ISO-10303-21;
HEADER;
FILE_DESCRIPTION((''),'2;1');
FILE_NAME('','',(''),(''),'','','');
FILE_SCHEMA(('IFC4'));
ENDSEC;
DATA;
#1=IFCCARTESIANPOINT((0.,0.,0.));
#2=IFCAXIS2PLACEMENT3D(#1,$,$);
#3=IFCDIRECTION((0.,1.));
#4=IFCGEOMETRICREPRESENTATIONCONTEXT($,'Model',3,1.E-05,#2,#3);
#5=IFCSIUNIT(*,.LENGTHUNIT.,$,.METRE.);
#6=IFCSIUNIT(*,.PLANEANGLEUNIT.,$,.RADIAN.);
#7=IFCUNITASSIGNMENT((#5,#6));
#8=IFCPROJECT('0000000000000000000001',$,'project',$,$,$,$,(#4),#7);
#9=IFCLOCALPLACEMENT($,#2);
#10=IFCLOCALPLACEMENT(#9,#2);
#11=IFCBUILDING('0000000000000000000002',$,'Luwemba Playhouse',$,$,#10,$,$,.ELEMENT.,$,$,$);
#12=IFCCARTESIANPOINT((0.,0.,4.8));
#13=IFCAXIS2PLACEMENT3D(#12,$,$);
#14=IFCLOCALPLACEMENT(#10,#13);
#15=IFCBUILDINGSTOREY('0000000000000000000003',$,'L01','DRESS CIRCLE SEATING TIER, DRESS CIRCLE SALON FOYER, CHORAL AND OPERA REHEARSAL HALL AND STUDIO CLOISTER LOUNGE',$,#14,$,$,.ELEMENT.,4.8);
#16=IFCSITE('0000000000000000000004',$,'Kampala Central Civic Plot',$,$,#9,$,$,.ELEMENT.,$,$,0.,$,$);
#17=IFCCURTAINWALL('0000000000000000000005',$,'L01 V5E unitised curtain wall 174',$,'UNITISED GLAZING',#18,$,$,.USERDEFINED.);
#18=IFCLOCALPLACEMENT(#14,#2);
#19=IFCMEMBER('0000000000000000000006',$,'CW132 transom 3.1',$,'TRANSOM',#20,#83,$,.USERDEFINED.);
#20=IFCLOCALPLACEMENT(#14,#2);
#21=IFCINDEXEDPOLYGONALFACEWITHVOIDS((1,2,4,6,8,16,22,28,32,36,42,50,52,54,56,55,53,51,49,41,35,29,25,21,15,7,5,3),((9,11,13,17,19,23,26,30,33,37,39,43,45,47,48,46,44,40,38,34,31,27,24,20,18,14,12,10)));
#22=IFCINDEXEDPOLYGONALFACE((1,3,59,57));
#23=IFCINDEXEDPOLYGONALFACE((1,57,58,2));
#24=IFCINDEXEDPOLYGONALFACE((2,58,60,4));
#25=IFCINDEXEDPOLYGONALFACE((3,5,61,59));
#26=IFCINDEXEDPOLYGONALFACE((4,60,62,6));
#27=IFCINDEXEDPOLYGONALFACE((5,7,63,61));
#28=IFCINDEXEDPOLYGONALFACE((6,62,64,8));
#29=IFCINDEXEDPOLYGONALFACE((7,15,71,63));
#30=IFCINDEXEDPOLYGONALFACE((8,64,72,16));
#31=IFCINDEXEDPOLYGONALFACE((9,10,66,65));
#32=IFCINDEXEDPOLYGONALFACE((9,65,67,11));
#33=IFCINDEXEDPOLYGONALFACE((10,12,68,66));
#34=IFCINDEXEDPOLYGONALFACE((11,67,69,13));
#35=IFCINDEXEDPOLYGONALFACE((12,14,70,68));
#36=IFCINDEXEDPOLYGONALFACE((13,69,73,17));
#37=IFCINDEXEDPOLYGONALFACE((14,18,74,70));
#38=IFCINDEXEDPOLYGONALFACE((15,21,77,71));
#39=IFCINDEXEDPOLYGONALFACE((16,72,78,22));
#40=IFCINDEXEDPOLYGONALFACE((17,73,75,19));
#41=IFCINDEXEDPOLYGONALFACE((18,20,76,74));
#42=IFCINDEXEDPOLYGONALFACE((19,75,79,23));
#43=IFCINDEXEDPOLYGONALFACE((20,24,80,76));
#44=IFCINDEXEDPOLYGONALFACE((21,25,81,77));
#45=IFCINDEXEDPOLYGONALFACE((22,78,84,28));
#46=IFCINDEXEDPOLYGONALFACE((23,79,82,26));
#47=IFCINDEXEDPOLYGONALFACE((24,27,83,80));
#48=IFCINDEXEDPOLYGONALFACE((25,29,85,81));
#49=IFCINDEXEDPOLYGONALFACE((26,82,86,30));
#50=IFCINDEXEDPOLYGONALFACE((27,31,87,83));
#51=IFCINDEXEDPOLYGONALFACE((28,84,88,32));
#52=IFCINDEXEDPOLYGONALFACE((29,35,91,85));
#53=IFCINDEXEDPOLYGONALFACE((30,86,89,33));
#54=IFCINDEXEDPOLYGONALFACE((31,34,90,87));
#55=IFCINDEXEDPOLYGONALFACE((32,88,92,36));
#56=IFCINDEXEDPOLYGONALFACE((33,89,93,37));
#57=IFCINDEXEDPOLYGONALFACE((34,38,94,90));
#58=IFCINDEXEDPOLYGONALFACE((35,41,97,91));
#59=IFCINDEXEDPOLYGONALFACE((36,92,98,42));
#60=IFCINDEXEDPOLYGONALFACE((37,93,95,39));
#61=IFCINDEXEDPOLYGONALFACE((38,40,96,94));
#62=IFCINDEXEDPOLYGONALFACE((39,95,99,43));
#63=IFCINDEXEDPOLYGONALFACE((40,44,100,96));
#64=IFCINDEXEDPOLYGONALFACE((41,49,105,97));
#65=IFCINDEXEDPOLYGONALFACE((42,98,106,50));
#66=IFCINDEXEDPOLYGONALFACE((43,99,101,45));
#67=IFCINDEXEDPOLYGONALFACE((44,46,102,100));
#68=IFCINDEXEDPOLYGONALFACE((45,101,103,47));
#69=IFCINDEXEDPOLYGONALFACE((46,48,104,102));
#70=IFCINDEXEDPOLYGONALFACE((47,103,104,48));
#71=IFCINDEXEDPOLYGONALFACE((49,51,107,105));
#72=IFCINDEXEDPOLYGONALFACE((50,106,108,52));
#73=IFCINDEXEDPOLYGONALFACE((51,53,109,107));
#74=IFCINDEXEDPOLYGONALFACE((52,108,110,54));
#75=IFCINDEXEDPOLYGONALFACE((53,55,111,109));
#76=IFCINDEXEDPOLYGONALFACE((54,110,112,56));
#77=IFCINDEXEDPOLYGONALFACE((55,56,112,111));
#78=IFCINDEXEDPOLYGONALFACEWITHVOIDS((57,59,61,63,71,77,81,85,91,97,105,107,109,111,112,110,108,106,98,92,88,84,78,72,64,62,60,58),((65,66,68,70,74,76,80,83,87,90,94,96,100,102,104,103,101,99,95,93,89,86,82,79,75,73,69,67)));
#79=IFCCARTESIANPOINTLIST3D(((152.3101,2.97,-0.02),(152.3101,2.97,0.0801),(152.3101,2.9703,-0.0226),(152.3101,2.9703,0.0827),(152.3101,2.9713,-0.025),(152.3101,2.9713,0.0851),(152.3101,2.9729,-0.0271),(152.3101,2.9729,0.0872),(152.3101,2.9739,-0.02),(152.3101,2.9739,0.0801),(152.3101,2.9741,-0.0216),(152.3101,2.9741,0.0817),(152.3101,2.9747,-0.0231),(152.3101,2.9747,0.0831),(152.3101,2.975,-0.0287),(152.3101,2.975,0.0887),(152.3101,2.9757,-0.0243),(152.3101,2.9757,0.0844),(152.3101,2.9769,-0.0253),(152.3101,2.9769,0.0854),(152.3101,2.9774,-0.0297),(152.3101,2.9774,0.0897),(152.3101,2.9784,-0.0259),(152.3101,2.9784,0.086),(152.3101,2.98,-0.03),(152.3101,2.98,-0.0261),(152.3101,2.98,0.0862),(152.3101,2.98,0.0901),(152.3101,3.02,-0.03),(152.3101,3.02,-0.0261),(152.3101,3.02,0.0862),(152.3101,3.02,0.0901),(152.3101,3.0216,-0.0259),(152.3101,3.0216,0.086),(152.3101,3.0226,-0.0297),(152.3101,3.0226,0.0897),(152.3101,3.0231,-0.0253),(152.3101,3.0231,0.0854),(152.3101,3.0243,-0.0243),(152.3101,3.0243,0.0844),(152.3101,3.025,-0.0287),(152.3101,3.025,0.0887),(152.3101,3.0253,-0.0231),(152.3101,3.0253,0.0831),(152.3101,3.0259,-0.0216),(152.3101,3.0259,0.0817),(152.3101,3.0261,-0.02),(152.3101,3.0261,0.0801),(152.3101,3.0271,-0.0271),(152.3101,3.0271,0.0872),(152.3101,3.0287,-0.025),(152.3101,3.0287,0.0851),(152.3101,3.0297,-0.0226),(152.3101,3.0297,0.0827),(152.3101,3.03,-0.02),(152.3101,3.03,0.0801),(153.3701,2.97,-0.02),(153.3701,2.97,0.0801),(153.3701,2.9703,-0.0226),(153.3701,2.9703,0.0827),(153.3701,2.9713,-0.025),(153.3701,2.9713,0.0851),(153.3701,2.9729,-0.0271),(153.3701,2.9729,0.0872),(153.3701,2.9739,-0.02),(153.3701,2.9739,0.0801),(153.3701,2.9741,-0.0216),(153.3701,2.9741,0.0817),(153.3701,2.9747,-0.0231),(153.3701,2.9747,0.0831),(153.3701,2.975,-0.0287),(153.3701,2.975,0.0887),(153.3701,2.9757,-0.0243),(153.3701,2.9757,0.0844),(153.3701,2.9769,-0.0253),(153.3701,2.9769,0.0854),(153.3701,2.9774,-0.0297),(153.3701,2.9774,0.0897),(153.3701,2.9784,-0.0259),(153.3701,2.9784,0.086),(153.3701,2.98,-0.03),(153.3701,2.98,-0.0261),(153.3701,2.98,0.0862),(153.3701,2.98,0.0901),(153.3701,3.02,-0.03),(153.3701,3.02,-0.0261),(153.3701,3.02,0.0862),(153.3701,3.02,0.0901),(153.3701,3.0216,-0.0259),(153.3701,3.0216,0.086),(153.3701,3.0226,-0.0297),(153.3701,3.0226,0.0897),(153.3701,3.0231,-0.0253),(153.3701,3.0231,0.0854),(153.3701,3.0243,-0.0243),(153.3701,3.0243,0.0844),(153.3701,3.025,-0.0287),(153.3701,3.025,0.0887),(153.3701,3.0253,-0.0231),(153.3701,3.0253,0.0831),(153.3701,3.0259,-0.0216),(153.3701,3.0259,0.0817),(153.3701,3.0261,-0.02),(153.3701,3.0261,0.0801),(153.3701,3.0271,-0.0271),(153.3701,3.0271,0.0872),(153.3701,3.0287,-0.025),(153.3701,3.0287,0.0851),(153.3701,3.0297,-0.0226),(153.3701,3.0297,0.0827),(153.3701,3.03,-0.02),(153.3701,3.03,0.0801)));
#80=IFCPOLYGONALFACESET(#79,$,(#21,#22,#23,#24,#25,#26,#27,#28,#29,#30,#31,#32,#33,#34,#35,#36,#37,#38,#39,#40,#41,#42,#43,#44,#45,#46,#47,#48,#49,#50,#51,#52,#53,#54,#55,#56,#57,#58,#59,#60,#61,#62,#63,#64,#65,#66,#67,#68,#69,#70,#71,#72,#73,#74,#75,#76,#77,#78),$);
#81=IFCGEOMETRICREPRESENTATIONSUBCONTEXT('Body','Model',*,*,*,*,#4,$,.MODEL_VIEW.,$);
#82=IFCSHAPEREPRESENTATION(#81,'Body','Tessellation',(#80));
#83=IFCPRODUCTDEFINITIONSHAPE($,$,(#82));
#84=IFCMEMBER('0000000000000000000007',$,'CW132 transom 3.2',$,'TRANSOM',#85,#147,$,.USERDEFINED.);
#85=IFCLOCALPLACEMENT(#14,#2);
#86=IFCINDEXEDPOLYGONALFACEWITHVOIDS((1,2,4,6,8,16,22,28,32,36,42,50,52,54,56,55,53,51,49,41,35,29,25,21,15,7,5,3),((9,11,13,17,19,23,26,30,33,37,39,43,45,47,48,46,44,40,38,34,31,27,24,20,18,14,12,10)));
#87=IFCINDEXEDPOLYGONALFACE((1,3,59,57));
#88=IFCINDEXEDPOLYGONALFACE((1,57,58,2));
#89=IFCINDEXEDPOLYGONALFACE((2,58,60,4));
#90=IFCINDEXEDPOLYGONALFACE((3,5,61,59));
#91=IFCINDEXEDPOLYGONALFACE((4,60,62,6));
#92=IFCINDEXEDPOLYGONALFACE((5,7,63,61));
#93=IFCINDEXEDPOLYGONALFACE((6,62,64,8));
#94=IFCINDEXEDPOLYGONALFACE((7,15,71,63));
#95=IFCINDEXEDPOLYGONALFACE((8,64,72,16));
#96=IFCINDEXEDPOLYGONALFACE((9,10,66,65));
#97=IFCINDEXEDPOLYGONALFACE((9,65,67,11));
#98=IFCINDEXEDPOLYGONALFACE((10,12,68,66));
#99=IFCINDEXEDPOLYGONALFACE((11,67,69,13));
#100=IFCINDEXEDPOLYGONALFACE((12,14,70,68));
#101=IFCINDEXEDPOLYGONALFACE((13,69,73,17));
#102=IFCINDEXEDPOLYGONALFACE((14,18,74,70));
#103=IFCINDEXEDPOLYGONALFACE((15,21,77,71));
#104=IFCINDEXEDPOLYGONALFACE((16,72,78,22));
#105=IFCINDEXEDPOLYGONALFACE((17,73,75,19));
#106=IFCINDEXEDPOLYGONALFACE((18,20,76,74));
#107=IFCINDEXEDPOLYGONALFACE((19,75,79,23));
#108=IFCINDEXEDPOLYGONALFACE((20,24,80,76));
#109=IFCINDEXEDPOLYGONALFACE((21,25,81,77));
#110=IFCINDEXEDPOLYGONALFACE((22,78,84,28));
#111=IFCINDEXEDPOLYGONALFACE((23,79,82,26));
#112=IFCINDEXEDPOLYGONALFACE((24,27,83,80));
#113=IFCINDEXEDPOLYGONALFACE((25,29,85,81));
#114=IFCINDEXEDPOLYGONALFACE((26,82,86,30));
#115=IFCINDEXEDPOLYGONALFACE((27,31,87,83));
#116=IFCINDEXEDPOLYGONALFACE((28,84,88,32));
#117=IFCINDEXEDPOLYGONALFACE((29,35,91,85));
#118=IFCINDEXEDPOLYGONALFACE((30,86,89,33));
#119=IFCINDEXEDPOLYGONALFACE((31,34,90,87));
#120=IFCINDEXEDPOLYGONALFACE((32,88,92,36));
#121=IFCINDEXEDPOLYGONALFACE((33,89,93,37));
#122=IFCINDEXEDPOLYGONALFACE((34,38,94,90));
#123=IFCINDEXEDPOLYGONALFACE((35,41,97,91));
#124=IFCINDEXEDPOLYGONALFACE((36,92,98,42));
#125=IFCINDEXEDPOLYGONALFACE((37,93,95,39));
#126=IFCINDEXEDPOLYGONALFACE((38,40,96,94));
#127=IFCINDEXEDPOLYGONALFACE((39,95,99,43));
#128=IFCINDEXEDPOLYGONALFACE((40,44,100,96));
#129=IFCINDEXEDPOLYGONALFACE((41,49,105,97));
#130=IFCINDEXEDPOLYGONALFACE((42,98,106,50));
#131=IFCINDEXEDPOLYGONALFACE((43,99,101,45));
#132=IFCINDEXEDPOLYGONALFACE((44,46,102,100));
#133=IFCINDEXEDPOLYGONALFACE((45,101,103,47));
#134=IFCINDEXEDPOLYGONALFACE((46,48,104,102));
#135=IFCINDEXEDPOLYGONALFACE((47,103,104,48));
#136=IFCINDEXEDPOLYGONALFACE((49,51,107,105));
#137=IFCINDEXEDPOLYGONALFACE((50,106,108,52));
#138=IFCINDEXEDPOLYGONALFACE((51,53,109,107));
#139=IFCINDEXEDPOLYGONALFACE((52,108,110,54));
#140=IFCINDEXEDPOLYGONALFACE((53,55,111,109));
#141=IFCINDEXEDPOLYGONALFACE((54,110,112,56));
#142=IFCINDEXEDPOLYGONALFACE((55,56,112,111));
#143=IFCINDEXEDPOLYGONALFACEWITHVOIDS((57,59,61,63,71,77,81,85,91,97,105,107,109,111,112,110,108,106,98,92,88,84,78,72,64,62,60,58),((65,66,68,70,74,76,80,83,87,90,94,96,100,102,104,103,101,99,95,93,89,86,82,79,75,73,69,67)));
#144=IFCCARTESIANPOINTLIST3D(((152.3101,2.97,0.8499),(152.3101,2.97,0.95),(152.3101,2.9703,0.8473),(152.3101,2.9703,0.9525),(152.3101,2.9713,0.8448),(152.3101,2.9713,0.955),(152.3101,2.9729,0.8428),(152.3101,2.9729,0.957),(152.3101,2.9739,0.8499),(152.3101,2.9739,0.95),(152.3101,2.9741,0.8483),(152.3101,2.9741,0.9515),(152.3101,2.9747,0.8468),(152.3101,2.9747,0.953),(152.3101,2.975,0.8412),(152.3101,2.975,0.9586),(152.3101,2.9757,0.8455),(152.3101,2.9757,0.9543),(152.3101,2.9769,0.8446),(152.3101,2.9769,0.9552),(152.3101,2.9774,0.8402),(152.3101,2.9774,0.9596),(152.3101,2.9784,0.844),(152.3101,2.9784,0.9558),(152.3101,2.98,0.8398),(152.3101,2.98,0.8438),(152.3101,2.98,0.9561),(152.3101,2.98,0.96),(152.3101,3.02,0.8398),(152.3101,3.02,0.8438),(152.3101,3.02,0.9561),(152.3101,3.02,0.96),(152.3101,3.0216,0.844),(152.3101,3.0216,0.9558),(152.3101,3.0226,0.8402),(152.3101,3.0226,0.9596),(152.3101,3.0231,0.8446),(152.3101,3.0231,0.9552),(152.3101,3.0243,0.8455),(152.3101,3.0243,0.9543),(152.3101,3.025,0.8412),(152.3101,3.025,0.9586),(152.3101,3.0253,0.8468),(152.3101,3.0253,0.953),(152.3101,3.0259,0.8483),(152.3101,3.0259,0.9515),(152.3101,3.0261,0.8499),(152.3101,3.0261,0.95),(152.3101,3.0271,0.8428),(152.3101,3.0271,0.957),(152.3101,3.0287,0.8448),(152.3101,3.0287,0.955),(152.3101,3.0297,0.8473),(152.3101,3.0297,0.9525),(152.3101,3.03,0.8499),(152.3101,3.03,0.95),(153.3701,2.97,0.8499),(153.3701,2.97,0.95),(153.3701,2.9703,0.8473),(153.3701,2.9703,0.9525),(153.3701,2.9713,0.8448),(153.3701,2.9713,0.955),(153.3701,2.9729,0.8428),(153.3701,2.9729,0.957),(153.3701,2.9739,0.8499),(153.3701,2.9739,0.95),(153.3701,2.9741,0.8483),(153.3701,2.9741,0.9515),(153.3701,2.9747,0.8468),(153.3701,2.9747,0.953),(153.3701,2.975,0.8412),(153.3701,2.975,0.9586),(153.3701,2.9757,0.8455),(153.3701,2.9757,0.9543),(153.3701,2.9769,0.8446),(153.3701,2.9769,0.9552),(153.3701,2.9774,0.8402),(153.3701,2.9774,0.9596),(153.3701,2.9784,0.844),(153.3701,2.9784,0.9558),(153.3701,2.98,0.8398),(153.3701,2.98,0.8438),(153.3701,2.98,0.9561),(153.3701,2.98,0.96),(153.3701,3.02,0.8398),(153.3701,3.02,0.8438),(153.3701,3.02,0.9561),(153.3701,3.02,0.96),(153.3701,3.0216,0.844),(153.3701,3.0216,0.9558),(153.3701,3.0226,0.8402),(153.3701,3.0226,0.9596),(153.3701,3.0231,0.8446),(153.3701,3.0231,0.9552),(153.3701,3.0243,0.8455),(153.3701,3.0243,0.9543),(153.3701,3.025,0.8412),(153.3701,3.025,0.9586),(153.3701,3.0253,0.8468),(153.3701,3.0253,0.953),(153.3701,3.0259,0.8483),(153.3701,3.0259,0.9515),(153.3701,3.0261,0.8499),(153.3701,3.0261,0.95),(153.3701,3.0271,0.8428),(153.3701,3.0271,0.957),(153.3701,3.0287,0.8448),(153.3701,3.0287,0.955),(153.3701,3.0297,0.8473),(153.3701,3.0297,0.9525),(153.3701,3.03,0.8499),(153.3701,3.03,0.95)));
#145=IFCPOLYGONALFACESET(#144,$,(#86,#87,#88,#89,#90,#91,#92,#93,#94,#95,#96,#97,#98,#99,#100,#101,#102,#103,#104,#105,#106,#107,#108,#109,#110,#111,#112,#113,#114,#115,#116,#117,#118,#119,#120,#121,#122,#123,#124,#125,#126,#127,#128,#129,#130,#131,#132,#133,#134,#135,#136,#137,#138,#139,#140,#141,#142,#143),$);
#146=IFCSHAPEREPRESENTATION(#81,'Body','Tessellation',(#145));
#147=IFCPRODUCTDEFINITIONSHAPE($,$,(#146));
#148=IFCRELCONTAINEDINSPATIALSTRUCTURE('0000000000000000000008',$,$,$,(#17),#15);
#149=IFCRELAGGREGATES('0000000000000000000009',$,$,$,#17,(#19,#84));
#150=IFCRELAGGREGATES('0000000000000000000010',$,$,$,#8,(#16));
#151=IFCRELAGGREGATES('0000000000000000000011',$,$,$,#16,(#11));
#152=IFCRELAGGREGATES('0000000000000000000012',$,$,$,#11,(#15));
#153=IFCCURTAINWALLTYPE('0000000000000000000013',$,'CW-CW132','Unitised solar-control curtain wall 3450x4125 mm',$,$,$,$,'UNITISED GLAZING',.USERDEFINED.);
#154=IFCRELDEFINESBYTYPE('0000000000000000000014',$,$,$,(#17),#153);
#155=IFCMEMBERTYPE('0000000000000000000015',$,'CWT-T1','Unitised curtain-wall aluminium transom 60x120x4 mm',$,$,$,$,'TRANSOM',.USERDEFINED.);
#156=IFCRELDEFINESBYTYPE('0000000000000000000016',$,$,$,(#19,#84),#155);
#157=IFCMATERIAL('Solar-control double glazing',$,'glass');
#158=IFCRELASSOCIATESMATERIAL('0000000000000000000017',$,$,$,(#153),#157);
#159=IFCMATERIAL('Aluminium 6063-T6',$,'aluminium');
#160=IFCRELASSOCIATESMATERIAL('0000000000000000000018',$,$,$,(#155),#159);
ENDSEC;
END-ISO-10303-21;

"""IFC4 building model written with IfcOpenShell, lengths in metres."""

from ifc_helpers import new_model, si_unit, direction, frame, origin, origin_2d, place, context, subcontext, project, spatial, hollow_rectangle, extrude, material, material_profile, profile_set, type_object, element, aggregate, save


model = new_model("IFC4")

# Units and contexts
model_context = context("Model", 3, precision=1e-05, world=origin(), true_north=direction((0.0, 1.0)))
body_context = subcontext(model_context, "Body", "Model", "MODEL_VIEW")
ifc_project = project(units=[si_unit("LENGTHUNIT", "METRE"), si_unit("PLANEANGLEUNIT", "RADIAN")], contexts=[model_context])

# Site, building, storey
site_placement = place(None, origin())
site = spatial("IfcSite", under=ifc_project, at=site_placement, Name="Kampala Central Civic Plot", CompositionType="ELEMENT", RefElevation=0.0)
building_placement = place(site_placement, origin())
building = spatial("IfcBuilding", under=site, at=building_placement, Name="Luwemba Playhouse", CompositionType="ELEMENT")
storey_placement = place(building_placement, frame((0.0, 0.0, 4.8)))
storey = spatial("IfcBuildingStorey", under=building, at=storey_placement, Name="L01", Description="DRESS CIRCLE SEATING TIER, DRESS CIRCLE SALON FOYER, CHORAL AND OPERA REHEARSAL HALL AND STUDIO CLOISTER LOUNGE", CompositionType="ELEMENT", Elevation=4.8)

# Curtain wall
ifc_material_1 = material(Name="Solar-control double glazing", Category="glass")
curtain_wall_type_1 = type_object("IfcCurtainWallType", Name="CW-CW132", Description="Unitised solar-control curtain wall 3450x4125 mm", ElementType="UNITISED GLAZING", PredefinedType="USERDEFINED", material=ifc_material_1)
curtain_wall_1_placement = place(storey_placement, origin())
curtain_wall_1 = element("IfcCurtainWall", 1, at=curtain_wall_1_placement, inside=storey, type_object=curtain_wall_type_1, Name="L01 V5E unitised curtain wall 174", ObjectType="UNITISED GLAZING", PredefinedType="USERDEFINED")
ifc_material_2 = material(Name="Aluminium 6063-T6", Category="aluminium")

# Members
ifc_material_profile_1 = material_profile(ifc_material_2, hollow_rectangle(XDim=0.0601, YDim=0.1201, WallThickness=0.0039, InnerFilletRadius=0.0061, OuterFilletRadius=0.01, at=origin_2d()))
ifc_profile_set_1 = profile_set([ifc_material_profile_1], Name="Aluminium 6063-T6")
member_type_1 = type_object("IfcMemberType", Name="CWT-T1", Description="Unitised curtain-wall aluminium transom 60x120x4 mm", ElementType="TRANSOM", PredefinedType="USERDEFINED", material=ifc_profile_set_1)
member_1_placement = place(storey_placement, frame((153.3701, 3.0, 0.03), z_axis=(-1.0, 0.0, 0.0), x_axis=(0.0, -1.0, 0.0)))
member_1 = element("IfcMember", 2, at=member_1_placement, type_object=member_type_1, Name="CW132 transom 3.1", ObjectType="TRANSOM", PredefinedType="USERDEFINED", context=body_context, shape_type="SweptSolid", body=[
    extrude(hollow_rectangle(XDim=0.0601, YDim=0.1201, WallThickness=0.0039, InnerFilletRadius=0.0061, OuterFilletRadius=0.01, at=origin_2d()), origin(), (0.0, 0.0, 1.0), 1.0601),
])
member_2_placement = place(storey_placement, frame((153.3701, 3.0, 0.8999), z_axis=(-1.0, 0.0, 0.0), x_axis=(0.0, -1.0, 0.0)))
member_2 = element("IfcMember", 3, at=member_2_placement, type_object=member_type_1, Name="CW132 transom 3.2", ObjectType="TRANSOM", PredefinedType="USERDEFINED", context=body_context, shape_type="SweptSolid", body=[
    extrude(hollow_rectangle(XDim=0.0601, YDim=0.1201, WallThickness=0.0039, InnerFilletRadius=0.0061, OuterFilletRadius=0.01, at=origin_2d()), origin(), (0.0, 0.0, 1.0), 1.0601),
])

aggregate(curtain_wall_1, [member_1, member_2])

save(model, "model.ifc")
